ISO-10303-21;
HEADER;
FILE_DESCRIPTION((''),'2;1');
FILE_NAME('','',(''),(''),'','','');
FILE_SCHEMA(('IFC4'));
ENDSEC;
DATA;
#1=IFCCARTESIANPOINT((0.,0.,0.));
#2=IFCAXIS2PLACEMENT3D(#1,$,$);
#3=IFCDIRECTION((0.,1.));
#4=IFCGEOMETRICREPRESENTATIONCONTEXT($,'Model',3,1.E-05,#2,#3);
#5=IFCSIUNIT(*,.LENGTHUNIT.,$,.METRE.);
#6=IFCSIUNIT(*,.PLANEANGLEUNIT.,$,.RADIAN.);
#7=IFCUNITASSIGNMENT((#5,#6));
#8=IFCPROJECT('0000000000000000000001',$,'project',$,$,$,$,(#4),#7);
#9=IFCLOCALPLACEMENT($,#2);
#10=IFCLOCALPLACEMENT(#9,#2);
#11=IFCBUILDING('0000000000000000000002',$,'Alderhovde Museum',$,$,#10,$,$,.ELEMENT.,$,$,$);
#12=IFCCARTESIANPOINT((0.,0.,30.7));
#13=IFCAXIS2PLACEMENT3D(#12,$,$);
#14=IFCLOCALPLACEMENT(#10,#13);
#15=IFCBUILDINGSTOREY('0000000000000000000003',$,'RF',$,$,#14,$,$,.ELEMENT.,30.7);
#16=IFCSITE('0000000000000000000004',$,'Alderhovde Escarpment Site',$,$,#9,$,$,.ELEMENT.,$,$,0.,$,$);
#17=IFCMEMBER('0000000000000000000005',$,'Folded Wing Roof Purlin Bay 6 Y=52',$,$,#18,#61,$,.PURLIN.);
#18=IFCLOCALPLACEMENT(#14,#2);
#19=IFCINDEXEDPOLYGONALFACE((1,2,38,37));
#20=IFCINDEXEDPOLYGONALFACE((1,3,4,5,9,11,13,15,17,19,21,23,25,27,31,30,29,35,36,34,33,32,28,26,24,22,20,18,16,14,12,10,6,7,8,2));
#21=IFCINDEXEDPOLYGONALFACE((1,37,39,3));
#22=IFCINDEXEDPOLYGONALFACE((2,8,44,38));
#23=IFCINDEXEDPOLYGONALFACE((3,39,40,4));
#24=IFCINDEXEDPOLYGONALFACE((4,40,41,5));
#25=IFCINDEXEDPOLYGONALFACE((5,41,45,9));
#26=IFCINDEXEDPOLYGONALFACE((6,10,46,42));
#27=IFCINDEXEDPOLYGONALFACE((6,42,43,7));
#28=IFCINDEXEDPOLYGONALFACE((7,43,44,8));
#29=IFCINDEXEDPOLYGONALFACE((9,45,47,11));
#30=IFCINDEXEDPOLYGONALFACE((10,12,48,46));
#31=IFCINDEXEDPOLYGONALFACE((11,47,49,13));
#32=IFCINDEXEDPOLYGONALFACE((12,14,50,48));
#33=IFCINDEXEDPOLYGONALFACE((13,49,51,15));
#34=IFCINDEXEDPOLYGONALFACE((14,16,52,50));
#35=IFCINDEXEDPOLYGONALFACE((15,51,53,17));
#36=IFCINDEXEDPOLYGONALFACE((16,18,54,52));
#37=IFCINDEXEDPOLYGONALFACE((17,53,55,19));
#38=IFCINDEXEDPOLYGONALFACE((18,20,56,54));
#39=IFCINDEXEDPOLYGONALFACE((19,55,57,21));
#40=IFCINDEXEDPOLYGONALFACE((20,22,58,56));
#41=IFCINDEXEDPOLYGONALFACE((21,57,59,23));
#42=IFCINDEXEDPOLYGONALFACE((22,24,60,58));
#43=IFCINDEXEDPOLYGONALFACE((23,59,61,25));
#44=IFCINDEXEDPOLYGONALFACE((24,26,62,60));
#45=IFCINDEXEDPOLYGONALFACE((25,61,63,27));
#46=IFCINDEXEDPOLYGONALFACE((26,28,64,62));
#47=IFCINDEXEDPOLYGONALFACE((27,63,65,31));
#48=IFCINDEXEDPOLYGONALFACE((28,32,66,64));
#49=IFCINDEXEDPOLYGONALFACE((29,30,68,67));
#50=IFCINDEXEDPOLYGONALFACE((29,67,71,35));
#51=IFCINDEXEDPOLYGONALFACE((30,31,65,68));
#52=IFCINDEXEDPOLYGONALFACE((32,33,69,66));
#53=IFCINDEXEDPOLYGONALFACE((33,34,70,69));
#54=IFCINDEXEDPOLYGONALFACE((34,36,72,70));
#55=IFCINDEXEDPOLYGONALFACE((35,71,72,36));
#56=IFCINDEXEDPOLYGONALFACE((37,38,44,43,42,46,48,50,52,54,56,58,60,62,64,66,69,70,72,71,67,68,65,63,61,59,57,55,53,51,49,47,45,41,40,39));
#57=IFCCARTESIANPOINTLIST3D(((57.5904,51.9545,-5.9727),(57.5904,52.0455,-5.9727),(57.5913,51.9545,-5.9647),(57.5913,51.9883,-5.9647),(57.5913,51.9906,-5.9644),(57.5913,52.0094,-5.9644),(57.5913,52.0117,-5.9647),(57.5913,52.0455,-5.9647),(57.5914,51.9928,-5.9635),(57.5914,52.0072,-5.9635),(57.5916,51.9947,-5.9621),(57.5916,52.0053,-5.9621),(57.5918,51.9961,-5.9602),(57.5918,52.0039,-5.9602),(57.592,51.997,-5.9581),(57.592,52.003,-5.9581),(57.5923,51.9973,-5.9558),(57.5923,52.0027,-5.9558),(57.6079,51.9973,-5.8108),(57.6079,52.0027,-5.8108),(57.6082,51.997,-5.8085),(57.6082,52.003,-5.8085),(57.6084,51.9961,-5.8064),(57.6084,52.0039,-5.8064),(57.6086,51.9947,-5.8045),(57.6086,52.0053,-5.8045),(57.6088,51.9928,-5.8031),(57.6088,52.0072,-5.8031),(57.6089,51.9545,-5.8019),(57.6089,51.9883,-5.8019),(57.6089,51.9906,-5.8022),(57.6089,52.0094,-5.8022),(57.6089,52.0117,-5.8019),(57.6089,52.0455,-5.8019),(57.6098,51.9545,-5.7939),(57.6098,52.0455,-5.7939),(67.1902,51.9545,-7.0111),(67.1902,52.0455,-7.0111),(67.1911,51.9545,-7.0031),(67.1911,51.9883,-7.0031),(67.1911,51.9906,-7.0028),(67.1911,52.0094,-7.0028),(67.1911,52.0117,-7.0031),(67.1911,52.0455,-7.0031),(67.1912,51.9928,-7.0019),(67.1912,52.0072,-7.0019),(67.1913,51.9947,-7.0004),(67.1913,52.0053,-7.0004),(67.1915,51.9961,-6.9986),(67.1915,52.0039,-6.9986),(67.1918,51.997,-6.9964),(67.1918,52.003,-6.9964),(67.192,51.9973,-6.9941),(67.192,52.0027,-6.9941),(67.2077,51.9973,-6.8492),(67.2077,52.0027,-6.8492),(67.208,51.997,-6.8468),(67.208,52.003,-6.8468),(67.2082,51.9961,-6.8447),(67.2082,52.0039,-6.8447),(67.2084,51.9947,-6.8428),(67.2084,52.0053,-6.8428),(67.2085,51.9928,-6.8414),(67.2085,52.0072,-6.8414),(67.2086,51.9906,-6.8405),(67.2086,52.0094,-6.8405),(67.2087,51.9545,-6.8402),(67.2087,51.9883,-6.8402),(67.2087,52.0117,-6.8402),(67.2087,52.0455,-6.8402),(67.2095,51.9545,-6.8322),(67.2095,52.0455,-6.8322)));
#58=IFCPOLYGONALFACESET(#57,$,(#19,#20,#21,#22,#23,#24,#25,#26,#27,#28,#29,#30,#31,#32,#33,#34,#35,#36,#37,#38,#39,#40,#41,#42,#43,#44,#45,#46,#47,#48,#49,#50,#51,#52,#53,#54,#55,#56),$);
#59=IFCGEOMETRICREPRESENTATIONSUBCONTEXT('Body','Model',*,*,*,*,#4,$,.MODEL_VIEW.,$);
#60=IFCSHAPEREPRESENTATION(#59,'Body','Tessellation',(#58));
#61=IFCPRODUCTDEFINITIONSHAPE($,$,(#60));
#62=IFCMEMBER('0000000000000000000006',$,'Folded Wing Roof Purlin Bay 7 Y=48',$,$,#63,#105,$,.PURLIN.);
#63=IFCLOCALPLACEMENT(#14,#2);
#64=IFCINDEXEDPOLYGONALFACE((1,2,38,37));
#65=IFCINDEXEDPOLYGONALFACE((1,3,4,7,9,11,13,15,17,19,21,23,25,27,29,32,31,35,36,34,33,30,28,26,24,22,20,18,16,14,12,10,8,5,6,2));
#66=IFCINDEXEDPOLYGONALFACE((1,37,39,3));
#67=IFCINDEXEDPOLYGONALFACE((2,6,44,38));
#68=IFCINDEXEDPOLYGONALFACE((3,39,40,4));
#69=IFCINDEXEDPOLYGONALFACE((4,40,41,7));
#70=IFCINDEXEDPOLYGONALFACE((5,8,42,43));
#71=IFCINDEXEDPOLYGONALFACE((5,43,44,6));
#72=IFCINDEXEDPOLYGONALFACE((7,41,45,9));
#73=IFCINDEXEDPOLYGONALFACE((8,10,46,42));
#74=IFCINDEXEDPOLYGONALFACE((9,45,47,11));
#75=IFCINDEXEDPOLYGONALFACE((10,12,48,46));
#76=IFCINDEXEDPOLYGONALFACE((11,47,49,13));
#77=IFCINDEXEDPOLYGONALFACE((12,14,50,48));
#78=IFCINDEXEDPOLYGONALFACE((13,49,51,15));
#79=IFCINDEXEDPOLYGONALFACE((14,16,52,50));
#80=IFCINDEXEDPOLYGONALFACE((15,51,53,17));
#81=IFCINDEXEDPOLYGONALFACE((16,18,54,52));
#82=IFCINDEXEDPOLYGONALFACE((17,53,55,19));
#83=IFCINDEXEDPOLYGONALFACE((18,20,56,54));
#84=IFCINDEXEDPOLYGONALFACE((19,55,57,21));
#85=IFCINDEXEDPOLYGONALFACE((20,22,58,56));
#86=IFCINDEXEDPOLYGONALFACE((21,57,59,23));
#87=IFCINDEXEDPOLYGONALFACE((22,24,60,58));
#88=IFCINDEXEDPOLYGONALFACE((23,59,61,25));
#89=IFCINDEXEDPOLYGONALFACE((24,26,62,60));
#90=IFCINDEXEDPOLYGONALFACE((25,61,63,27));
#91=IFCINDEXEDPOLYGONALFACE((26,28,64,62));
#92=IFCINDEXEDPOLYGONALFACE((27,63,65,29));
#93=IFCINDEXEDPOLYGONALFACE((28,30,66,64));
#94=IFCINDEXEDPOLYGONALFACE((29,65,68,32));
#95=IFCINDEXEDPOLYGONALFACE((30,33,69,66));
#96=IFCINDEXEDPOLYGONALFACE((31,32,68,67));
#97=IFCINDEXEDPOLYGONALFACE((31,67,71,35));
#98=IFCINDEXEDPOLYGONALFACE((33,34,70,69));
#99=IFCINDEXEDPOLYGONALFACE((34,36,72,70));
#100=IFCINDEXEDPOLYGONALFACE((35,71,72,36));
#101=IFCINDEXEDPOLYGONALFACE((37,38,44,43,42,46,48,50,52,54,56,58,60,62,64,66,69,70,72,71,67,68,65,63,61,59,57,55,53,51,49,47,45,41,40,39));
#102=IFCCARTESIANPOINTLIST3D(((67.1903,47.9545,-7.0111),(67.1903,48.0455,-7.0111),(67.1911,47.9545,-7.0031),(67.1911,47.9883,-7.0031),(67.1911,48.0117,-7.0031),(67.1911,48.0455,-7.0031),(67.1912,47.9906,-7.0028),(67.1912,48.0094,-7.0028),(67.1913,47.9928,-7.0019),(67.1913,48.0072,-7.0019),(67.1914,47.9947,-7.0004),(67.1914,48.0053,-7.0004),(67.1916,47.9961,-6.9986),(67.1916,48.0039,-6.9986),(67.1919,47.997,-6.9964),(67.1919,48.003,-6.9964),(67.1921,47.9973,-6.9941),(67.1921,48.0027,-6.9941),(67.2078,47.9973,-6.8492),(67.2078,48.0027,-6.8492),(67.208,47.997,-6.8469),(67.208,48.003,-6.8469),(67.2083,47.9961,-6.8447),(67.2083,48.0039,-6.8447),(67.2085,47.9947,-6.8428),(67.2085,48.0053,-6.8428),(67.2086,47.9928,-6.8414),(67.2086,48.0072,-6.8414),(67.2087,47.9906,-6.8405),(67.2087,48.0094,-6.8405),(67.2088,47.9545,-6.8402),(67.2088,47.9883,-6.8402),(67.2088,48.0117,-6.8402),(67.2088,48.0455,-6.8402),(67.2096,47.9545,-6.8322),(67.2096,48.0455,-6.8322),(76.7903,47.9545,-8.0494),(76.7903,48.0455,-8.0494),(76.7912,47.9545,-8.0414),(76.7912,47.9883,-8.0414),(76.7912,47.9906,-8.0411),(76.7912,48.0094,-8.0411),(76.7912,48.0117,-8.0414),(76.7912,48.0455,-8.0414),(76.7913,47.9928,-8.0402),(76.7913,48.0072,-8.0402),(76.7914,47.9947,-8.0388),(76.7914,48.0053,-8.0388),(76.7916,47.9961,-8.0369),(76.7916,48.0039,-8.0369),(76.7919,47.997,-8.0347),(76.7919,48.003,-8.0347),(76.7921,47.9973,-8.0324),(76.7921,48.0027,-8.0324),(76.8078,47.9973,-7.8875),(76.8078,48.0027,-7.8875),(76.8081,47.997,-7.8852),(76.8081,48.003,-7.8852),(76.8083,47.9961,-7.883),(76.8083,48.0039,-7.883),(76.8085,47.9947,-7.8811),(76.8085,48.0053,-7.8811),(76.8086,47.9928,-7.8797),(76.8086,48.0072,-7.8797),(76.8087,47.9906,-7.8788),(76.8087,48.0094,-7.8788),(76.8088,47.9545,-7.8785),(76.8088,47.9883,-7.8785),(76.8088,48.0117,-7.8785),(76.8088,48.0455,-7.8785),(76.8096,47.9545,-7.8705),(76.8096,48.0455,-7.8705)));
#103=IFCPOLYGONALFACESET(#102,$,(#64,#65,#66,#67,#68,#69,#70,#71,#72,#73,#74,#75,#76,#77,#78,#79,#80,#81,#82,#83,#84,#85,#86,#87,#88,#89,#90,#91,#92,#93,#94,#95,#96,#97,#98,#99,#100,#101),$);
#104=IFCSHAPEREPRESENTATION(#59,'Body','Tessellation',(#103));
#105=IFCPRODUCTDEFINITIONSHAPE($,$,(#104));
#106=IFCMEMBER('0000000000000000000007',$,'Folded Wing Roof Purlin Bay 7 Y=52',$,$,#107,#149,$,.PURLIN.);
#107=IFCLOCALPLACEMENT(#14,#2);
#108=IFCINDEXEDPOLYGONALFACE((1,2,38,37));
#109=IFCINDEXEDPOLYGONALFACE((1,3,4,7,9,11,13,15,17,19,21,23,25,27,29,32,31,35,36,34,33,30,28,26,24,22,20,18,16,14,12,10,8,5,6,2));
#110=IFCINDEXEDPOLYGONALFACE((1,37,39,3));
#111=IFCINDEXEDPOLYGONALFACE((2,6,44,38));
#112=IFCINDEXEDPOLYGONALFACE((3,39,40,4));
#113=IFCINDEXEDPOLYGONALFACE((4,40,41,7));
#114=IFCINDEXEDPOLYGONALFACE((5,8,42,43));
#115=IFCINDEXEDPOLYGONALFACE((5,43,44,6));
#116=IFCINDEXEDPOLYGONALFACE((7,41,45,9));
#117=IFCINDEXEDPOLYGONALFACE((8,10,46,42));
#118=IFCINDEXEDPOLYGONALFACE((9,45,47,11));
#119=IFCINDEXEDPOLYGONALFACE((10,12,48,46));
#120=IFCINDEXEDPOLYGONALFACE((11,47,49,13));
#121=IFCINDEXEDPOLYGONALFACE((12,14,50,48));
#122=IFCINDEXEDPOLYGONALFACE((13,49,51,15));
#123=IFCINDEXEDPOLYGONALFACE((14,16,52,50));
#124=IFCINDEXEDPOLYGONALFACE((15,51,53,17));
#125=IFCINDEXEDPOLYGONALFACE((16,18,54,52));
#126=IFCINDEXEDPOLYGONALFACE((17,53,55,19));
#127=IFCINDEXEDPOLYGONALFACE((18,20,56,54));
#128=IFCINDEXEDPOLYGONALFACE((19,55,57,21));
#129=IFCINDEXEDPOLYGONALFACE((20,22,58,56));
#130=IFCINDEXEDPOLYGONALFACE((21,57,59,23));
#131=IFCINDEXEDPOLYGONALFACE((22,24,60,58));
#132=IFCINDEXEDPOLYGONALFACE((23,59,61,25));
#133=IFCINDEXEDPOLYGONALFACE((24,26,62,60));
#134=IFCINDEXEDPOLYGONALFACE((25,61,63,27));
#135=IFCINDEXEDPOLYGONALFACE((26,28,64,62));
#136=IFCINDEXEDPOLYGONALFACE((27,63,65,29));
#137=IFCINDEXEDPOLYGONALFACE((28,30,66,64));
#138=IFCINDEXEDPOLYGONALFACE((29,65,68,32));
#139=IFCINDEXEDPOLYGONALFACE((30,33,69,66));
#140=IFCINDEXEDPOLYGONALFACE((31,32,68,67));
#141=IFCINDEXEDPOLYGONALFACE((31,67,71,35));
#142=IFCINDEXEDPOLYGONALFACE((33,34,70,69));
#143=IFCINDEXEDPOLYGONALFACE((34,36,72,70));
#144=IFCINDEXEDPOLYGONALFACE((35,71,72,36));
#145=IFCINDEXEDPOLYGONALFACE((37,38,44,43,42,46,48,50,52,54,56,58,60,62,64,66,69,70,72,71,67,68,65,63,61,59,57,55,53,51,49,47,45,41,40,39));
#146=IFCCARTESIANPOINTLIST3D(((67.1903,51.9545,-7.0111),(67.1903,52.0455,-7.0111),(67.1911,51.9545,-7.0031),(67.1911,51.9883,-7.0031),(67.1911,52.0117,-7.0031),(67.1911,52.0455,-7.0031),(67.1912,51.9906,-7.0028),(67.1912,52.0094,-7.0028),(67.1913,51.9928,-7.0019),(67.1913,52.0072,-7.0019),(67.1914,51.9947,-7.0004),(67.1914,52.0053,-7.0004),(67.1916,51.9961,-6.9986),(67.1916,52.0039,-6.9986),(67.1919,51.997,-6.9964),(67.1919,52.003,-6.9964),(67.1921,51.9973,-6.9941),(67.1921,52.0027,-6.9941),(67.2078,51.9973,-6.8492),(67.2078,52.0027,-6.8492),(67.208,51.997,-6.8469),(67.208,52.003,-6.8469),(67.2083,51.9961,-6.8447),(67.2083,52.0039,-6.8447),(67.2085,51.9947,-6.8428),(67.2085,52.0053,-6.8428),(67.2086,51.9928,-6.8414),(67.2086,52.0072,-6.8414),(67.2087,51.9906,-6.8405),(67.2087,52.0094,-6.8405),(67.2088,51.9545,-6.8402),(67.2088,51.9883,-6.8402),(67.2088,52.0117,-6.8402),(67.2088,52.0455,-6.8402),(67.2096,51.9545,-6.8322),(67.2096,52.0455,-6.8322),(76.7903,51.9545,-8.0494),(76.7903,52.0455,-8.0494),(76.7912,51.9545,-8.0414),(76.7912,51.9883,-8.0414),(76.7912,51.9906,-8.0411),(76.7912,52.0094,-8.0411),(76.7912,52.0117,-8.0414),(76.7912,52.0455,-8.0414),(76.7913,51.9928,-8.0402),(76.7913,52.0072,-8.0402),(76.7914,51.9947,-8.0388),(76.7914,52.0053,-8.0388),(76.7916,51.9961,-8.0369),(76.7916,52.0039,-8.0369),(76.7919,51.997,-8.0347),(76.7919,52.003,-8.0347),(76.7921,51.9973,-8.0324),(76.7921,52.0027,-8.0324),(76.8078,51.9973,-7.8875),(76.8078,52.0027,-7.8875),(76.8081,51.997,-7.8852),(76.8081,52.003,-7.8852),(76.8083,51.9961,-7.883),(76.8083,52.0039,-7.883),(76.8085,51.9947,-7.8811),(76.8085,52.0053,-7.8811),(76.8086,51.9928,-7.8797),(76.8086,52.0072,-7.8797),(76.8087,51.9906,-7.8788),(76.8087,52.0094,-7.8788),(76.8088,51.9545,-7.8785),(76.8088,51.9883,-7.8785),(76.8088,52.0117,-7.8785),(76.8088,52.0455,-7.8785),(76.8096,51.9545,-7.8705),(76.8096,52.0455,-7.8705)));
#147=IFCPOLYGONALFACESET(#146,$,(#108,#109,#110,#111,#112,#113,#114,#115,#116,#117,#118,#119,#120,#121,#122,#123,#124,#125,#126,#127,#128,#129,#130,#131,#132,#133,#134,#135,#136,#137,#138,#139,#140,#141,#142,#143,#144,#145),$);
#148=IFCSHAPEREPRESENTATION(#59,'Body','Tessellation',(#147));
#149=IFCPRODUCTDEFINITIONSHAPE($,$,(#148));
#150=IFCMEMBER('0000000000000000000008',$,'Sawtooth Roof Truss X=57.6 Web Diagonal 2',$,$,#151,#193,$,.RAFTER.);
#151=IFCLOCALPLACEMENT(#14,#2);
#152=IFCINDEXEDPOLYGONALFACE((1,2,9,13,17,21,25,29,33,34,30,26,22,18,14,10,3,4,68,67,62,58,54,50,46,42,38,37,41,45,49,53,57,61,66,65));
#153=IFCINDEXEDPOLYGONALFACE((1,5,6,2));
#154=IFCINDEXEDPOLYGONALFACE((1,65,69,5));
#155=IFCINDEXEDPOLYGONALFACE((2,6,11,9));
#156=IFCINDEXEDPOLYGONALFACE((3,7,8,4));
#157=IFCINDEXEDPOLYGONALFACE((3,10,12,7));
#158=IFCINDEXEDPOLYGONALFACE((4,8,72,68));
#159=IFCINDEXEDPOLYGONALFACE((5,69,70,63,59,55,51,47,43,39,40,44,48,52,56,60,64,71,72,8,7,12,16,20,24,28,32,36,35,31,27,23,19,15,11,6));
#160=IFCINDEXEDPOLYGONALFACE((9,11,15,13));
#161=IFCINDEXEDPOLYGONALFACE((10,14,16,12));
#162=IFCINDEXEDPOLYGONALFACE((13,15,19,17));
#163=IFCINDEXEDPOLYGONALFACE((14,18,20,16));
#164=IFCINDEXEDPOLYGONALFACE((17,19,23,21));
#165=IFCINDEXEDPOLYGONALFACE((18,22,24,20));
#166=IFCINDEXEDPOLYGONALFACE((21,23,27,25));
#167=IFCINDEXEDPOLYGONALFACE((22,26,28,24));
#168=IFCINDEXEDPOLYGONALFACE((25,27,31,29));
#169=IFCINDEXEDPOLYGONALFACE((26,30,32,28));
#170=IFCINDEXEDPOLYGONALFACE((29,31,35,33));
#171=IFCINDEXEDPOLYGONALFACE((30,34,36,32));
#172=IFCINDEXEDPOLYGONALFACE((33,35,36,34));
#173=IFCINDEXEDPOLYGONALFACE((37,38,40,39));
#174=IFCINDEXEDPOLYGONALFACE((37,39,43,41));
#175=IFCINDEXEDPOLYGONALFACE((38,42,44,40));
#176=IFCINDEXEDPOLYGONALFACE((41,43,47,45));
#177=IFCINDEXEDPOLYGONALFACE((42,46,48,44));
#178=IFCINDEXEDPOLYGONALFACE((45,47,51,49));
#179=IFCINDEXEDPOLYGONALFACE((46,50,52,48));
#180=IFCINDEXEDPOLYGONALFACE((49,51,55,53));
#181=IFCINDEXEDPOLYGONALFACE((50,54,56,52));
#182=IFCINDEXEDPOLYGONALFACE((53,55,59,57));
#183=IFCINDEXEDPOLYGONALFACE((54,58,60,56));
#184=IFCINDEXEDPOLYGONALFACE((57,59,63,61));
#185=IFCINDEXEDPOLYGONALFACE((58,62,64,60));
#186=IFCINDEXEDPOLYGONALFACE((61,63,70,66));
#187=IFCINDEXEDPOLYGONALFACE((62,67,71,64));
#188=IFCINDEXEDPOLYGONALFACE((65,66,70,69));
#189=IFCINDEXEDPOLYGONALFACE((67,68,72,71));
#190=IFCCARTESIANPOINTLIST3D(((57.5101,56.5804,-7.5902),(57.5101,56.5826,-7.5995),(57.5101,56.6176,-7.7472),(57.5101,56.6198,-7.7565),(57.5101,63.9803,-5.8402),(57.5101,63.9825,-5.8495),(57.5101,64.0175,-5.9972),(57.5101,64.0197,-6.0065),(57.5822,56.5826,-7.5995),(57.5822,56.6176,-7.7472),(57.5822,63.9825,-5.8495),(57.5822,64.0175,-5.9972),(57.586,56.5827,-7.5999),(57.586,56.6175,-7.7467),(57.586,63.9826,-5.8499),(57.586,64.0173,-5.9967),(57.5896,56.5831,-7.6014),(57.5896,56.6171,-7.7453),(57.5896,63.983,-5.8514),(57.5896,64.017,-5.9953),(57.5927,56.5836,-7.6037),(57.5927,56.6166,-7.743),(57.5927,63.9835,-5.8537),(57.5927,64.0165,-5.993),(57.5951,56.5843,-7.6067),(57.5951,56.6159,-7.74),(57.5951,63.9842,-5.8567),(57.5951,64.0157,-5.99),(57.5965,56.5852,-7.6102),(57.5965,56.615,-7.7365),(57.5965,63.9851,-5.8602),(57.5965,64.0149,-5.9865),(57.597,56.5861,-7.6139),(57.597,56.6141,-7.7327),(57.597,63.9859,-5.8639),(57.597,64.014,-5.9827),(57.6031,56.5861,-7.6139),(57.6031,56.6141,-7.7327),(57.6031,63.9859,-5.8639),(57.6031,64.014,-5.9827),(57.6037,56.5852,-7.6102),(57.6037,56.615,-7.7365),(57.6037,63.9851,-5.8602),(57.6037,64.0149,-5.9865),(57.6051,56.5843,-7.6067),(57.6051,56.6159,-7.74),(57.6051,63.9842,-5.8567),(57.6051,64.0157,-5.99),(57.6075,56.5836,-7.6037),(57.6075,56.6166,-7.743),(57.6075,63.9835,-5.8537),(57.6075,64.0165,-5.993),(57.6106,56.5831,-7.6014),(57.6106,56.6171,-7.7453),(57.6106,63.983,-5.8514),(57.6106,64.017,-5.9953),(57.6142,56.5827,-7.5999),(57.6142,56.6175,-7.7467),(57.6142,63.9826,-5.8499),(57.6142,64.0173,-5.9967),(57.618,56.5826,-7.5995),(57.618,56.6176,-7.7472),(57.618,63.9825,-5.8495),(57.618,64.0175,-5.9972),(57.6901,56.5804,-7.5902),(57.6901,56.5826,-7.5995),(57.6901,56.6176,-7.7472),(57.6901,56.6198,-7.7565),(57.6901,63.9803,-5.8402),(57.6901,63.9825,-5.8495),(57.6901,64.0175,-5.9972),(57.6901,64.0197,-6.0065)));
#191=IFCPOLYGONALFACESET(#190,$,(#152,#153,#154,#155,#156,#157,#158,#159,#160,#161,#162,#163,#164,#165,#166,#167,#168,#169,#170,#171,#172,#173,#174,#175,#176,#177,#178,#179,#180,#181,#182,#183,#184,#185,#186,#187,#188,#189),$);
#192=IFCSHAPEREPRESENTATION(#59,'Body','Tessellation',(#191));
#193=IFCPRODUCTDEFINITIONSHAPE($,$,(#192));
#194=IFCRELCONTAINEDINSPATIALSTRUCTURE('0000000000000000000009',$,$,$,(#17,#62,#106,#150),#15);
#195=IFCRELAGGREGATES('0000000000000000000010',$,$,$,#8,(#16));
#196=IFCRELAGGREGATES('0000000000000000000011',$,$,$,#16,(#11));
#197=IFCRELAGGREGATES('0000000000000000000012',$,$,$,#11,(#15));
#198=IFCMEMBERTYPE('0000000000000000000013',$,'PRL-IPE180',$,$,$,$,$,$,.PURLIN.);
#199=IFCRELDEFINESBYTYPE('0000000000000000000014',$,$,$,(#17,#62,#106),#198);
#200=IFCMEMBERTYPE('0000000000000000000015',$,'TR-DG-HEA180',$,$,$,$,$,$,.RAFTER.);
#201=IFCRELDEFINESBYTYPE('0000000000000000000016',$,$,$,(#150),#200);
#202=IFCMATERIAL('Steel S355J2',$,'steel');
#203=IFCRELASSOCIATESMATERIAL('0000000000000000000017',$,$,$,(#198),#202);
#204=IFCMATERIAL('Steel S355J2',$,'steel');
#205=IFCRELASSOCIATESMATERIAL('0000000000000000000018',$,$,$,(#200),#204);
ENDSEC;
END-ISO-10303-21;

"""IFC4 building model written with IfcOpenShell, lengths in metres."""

from ifc_helpers import new_model, si_unit, direction, frame, origin, origin_2d, place, context, subcontext, project, spatial, i_section, extrude, material, material_profile, profile_set, type_object, element, save


model = new_model("IFC4")

# Units and contexts
model_context = context("Model", 3, precision=1e-05, world=origin(), true_north=direction((0.0, 1.0)))
body_context = subcontext(model_context, "Body", "Model", "MODEL_VIEW")
ifc_project = project(units=[si_unit("LENGTHUNIT", "METRE"), si_unit("PLANEANGLEUNIT", "RADIAN")], contexts=[model_context])

# Site, building, storey
site_placement = place(None, origin())
site = spatial("IfcSite", under=ifc_project, at=site_placement, Name="Alderhovde Escarpment Site", CompositionType="ELEMENT", RefElevation=0.0)
building_placement = place(site_placement, origin())
building = spatial("IfcBuilding", under=site, at=building_placement, Name="Alderhovde Museum", CompositionType="ELEMENT")
storey_placement = place(building_placement, frame((0.0, 0.0, 30.7)))
storey = spatial("IfcBuildingStorey", under=building, at=storey_placement, Name="RF", CompositionType="ELEMENT", Elevation=30.7)

# Members
ifc_material_1 = material(Name="Steel S355J2", Category="steel")
ifc_material_profile_1 = material_profile(ifc_material_1, i_section(OverallWidth=0.0911, OverallDepth=0.1799, WebThickness=0.0054, FlangeThickness=0.0081, FilletRadius=0.009, at=origin_2d()), Name="IPE 180")
ifc_profile_set_1 = profile_set([ifc_material_profile_1], Name="Steel S355J2")
member_type_1 = type_object("IfcMemberType", Name="PRL-IPE180", PredefinedType="PURLIN", material=ifc_profile_set_1)
for number, where, z_axis, x_axis, name in (
    (1, (57.6001, 52.0, -5.8833), (0.994201, 0.0, -0.107534), (0.0, 1.0, 0.0), "Folded Wing Roof Purlin Bay 6 Y=52"),
):
    element("IfcMember", number, at=place(storey_placement, frame(where, z_axis=z_axis, x_axis=x_axis)), inside=storey, type_object=member_type_1, Name=name, PredefinedType="PURLIN", context=body_context, shape_type="SweptSolid", body=[
        extrude(i_section(OverallWidth=0.0911, OverallDepth=0.1799, WebThickness=0.0054, FlangeThickness=0.0081, FilletRadius=0.009, at=origin_2d()), origin(), (0.0, 0.0, 1.0), 9.6558),
    ])
for number, where, z_axis, x_axis, name in (
    (2, (67.2, 48.0, -6.9216), (0.994202, 0.0, -0.107531), (0.0, 1.0, 0.0), "Folded Wing Roof Purlin Bay 7 Y=48"),
    (3, (67.2, 52.0, -6.9216), (0.994202, 0.0, -0.107531), (0.0, 1.0, 0.0), "Folded Wing Roof Purlin Bay 7 Y=52"),
):
    element("IfcMember", number, at=place(storey_placement, frame(where, z_axis=z_axis, x_axis=x_axis)), inside=storey, type_object=member_type_1, Name=name, PredefinedType="PURLIN", context=body_context, shape_type="SweptSolid", body=[
        extrude(i_section(OverallWidth=0.0911, OverallDepth=0.1799, WebThickness=0.0054, FlangeThickness=0.0081, FilletRadius=0.009, at=origin_2d()), origin(), (0.0, 0.0, 1.0), 9.656),
    ])
ifc_material_2 = material(Name="Steel S355J2", Category="steel")
ifc_material_profile_2 = material_profile(ifc_material_2, i_section(OverallWidth=0.1799, OverallDepth=0.1709, WebThickness=0.0061, FlangeThickness=0.0095, FilletRadius=0.0149, at=origin_2d()), Name="HEA 180")
ifc_profile_set_2 = profile_set([ifc_material_profile_2], Name="Steel S355J2")
member_type_2 = type_object("IfcMemberType", Name="TR-DG-HEA180", PredefinedType="RAFTER", material=ifc_profile_set_2)
member_1_placement = place(storey_placement, frame((57.6001, 56.6001, -7.6733), z_axis=(0.0, 0.973157, 0.230142), x_axis=(-1.0, 0.0, 0.0)))
element("IfcMember", 4, at=member_1_placement, inside=storey, type_object=member_type_2, Name="Sawtooth Roof Truss X=57.6 Web Diagonal 2", PredefinedType="RAFTER", context=body_context, shape_type="SweptSolid", body=[
    extrude(i_section(OverallWidth=0.1799, OverallDepth=0.1709, WebThickness=0.0061, FlangeThickness=0.0095, FilletRadius=0.0149, at=origin_2d()), origin(), (0.0, 0.0, 1.0), 7.604),
])

save(model, "model.ifc")
